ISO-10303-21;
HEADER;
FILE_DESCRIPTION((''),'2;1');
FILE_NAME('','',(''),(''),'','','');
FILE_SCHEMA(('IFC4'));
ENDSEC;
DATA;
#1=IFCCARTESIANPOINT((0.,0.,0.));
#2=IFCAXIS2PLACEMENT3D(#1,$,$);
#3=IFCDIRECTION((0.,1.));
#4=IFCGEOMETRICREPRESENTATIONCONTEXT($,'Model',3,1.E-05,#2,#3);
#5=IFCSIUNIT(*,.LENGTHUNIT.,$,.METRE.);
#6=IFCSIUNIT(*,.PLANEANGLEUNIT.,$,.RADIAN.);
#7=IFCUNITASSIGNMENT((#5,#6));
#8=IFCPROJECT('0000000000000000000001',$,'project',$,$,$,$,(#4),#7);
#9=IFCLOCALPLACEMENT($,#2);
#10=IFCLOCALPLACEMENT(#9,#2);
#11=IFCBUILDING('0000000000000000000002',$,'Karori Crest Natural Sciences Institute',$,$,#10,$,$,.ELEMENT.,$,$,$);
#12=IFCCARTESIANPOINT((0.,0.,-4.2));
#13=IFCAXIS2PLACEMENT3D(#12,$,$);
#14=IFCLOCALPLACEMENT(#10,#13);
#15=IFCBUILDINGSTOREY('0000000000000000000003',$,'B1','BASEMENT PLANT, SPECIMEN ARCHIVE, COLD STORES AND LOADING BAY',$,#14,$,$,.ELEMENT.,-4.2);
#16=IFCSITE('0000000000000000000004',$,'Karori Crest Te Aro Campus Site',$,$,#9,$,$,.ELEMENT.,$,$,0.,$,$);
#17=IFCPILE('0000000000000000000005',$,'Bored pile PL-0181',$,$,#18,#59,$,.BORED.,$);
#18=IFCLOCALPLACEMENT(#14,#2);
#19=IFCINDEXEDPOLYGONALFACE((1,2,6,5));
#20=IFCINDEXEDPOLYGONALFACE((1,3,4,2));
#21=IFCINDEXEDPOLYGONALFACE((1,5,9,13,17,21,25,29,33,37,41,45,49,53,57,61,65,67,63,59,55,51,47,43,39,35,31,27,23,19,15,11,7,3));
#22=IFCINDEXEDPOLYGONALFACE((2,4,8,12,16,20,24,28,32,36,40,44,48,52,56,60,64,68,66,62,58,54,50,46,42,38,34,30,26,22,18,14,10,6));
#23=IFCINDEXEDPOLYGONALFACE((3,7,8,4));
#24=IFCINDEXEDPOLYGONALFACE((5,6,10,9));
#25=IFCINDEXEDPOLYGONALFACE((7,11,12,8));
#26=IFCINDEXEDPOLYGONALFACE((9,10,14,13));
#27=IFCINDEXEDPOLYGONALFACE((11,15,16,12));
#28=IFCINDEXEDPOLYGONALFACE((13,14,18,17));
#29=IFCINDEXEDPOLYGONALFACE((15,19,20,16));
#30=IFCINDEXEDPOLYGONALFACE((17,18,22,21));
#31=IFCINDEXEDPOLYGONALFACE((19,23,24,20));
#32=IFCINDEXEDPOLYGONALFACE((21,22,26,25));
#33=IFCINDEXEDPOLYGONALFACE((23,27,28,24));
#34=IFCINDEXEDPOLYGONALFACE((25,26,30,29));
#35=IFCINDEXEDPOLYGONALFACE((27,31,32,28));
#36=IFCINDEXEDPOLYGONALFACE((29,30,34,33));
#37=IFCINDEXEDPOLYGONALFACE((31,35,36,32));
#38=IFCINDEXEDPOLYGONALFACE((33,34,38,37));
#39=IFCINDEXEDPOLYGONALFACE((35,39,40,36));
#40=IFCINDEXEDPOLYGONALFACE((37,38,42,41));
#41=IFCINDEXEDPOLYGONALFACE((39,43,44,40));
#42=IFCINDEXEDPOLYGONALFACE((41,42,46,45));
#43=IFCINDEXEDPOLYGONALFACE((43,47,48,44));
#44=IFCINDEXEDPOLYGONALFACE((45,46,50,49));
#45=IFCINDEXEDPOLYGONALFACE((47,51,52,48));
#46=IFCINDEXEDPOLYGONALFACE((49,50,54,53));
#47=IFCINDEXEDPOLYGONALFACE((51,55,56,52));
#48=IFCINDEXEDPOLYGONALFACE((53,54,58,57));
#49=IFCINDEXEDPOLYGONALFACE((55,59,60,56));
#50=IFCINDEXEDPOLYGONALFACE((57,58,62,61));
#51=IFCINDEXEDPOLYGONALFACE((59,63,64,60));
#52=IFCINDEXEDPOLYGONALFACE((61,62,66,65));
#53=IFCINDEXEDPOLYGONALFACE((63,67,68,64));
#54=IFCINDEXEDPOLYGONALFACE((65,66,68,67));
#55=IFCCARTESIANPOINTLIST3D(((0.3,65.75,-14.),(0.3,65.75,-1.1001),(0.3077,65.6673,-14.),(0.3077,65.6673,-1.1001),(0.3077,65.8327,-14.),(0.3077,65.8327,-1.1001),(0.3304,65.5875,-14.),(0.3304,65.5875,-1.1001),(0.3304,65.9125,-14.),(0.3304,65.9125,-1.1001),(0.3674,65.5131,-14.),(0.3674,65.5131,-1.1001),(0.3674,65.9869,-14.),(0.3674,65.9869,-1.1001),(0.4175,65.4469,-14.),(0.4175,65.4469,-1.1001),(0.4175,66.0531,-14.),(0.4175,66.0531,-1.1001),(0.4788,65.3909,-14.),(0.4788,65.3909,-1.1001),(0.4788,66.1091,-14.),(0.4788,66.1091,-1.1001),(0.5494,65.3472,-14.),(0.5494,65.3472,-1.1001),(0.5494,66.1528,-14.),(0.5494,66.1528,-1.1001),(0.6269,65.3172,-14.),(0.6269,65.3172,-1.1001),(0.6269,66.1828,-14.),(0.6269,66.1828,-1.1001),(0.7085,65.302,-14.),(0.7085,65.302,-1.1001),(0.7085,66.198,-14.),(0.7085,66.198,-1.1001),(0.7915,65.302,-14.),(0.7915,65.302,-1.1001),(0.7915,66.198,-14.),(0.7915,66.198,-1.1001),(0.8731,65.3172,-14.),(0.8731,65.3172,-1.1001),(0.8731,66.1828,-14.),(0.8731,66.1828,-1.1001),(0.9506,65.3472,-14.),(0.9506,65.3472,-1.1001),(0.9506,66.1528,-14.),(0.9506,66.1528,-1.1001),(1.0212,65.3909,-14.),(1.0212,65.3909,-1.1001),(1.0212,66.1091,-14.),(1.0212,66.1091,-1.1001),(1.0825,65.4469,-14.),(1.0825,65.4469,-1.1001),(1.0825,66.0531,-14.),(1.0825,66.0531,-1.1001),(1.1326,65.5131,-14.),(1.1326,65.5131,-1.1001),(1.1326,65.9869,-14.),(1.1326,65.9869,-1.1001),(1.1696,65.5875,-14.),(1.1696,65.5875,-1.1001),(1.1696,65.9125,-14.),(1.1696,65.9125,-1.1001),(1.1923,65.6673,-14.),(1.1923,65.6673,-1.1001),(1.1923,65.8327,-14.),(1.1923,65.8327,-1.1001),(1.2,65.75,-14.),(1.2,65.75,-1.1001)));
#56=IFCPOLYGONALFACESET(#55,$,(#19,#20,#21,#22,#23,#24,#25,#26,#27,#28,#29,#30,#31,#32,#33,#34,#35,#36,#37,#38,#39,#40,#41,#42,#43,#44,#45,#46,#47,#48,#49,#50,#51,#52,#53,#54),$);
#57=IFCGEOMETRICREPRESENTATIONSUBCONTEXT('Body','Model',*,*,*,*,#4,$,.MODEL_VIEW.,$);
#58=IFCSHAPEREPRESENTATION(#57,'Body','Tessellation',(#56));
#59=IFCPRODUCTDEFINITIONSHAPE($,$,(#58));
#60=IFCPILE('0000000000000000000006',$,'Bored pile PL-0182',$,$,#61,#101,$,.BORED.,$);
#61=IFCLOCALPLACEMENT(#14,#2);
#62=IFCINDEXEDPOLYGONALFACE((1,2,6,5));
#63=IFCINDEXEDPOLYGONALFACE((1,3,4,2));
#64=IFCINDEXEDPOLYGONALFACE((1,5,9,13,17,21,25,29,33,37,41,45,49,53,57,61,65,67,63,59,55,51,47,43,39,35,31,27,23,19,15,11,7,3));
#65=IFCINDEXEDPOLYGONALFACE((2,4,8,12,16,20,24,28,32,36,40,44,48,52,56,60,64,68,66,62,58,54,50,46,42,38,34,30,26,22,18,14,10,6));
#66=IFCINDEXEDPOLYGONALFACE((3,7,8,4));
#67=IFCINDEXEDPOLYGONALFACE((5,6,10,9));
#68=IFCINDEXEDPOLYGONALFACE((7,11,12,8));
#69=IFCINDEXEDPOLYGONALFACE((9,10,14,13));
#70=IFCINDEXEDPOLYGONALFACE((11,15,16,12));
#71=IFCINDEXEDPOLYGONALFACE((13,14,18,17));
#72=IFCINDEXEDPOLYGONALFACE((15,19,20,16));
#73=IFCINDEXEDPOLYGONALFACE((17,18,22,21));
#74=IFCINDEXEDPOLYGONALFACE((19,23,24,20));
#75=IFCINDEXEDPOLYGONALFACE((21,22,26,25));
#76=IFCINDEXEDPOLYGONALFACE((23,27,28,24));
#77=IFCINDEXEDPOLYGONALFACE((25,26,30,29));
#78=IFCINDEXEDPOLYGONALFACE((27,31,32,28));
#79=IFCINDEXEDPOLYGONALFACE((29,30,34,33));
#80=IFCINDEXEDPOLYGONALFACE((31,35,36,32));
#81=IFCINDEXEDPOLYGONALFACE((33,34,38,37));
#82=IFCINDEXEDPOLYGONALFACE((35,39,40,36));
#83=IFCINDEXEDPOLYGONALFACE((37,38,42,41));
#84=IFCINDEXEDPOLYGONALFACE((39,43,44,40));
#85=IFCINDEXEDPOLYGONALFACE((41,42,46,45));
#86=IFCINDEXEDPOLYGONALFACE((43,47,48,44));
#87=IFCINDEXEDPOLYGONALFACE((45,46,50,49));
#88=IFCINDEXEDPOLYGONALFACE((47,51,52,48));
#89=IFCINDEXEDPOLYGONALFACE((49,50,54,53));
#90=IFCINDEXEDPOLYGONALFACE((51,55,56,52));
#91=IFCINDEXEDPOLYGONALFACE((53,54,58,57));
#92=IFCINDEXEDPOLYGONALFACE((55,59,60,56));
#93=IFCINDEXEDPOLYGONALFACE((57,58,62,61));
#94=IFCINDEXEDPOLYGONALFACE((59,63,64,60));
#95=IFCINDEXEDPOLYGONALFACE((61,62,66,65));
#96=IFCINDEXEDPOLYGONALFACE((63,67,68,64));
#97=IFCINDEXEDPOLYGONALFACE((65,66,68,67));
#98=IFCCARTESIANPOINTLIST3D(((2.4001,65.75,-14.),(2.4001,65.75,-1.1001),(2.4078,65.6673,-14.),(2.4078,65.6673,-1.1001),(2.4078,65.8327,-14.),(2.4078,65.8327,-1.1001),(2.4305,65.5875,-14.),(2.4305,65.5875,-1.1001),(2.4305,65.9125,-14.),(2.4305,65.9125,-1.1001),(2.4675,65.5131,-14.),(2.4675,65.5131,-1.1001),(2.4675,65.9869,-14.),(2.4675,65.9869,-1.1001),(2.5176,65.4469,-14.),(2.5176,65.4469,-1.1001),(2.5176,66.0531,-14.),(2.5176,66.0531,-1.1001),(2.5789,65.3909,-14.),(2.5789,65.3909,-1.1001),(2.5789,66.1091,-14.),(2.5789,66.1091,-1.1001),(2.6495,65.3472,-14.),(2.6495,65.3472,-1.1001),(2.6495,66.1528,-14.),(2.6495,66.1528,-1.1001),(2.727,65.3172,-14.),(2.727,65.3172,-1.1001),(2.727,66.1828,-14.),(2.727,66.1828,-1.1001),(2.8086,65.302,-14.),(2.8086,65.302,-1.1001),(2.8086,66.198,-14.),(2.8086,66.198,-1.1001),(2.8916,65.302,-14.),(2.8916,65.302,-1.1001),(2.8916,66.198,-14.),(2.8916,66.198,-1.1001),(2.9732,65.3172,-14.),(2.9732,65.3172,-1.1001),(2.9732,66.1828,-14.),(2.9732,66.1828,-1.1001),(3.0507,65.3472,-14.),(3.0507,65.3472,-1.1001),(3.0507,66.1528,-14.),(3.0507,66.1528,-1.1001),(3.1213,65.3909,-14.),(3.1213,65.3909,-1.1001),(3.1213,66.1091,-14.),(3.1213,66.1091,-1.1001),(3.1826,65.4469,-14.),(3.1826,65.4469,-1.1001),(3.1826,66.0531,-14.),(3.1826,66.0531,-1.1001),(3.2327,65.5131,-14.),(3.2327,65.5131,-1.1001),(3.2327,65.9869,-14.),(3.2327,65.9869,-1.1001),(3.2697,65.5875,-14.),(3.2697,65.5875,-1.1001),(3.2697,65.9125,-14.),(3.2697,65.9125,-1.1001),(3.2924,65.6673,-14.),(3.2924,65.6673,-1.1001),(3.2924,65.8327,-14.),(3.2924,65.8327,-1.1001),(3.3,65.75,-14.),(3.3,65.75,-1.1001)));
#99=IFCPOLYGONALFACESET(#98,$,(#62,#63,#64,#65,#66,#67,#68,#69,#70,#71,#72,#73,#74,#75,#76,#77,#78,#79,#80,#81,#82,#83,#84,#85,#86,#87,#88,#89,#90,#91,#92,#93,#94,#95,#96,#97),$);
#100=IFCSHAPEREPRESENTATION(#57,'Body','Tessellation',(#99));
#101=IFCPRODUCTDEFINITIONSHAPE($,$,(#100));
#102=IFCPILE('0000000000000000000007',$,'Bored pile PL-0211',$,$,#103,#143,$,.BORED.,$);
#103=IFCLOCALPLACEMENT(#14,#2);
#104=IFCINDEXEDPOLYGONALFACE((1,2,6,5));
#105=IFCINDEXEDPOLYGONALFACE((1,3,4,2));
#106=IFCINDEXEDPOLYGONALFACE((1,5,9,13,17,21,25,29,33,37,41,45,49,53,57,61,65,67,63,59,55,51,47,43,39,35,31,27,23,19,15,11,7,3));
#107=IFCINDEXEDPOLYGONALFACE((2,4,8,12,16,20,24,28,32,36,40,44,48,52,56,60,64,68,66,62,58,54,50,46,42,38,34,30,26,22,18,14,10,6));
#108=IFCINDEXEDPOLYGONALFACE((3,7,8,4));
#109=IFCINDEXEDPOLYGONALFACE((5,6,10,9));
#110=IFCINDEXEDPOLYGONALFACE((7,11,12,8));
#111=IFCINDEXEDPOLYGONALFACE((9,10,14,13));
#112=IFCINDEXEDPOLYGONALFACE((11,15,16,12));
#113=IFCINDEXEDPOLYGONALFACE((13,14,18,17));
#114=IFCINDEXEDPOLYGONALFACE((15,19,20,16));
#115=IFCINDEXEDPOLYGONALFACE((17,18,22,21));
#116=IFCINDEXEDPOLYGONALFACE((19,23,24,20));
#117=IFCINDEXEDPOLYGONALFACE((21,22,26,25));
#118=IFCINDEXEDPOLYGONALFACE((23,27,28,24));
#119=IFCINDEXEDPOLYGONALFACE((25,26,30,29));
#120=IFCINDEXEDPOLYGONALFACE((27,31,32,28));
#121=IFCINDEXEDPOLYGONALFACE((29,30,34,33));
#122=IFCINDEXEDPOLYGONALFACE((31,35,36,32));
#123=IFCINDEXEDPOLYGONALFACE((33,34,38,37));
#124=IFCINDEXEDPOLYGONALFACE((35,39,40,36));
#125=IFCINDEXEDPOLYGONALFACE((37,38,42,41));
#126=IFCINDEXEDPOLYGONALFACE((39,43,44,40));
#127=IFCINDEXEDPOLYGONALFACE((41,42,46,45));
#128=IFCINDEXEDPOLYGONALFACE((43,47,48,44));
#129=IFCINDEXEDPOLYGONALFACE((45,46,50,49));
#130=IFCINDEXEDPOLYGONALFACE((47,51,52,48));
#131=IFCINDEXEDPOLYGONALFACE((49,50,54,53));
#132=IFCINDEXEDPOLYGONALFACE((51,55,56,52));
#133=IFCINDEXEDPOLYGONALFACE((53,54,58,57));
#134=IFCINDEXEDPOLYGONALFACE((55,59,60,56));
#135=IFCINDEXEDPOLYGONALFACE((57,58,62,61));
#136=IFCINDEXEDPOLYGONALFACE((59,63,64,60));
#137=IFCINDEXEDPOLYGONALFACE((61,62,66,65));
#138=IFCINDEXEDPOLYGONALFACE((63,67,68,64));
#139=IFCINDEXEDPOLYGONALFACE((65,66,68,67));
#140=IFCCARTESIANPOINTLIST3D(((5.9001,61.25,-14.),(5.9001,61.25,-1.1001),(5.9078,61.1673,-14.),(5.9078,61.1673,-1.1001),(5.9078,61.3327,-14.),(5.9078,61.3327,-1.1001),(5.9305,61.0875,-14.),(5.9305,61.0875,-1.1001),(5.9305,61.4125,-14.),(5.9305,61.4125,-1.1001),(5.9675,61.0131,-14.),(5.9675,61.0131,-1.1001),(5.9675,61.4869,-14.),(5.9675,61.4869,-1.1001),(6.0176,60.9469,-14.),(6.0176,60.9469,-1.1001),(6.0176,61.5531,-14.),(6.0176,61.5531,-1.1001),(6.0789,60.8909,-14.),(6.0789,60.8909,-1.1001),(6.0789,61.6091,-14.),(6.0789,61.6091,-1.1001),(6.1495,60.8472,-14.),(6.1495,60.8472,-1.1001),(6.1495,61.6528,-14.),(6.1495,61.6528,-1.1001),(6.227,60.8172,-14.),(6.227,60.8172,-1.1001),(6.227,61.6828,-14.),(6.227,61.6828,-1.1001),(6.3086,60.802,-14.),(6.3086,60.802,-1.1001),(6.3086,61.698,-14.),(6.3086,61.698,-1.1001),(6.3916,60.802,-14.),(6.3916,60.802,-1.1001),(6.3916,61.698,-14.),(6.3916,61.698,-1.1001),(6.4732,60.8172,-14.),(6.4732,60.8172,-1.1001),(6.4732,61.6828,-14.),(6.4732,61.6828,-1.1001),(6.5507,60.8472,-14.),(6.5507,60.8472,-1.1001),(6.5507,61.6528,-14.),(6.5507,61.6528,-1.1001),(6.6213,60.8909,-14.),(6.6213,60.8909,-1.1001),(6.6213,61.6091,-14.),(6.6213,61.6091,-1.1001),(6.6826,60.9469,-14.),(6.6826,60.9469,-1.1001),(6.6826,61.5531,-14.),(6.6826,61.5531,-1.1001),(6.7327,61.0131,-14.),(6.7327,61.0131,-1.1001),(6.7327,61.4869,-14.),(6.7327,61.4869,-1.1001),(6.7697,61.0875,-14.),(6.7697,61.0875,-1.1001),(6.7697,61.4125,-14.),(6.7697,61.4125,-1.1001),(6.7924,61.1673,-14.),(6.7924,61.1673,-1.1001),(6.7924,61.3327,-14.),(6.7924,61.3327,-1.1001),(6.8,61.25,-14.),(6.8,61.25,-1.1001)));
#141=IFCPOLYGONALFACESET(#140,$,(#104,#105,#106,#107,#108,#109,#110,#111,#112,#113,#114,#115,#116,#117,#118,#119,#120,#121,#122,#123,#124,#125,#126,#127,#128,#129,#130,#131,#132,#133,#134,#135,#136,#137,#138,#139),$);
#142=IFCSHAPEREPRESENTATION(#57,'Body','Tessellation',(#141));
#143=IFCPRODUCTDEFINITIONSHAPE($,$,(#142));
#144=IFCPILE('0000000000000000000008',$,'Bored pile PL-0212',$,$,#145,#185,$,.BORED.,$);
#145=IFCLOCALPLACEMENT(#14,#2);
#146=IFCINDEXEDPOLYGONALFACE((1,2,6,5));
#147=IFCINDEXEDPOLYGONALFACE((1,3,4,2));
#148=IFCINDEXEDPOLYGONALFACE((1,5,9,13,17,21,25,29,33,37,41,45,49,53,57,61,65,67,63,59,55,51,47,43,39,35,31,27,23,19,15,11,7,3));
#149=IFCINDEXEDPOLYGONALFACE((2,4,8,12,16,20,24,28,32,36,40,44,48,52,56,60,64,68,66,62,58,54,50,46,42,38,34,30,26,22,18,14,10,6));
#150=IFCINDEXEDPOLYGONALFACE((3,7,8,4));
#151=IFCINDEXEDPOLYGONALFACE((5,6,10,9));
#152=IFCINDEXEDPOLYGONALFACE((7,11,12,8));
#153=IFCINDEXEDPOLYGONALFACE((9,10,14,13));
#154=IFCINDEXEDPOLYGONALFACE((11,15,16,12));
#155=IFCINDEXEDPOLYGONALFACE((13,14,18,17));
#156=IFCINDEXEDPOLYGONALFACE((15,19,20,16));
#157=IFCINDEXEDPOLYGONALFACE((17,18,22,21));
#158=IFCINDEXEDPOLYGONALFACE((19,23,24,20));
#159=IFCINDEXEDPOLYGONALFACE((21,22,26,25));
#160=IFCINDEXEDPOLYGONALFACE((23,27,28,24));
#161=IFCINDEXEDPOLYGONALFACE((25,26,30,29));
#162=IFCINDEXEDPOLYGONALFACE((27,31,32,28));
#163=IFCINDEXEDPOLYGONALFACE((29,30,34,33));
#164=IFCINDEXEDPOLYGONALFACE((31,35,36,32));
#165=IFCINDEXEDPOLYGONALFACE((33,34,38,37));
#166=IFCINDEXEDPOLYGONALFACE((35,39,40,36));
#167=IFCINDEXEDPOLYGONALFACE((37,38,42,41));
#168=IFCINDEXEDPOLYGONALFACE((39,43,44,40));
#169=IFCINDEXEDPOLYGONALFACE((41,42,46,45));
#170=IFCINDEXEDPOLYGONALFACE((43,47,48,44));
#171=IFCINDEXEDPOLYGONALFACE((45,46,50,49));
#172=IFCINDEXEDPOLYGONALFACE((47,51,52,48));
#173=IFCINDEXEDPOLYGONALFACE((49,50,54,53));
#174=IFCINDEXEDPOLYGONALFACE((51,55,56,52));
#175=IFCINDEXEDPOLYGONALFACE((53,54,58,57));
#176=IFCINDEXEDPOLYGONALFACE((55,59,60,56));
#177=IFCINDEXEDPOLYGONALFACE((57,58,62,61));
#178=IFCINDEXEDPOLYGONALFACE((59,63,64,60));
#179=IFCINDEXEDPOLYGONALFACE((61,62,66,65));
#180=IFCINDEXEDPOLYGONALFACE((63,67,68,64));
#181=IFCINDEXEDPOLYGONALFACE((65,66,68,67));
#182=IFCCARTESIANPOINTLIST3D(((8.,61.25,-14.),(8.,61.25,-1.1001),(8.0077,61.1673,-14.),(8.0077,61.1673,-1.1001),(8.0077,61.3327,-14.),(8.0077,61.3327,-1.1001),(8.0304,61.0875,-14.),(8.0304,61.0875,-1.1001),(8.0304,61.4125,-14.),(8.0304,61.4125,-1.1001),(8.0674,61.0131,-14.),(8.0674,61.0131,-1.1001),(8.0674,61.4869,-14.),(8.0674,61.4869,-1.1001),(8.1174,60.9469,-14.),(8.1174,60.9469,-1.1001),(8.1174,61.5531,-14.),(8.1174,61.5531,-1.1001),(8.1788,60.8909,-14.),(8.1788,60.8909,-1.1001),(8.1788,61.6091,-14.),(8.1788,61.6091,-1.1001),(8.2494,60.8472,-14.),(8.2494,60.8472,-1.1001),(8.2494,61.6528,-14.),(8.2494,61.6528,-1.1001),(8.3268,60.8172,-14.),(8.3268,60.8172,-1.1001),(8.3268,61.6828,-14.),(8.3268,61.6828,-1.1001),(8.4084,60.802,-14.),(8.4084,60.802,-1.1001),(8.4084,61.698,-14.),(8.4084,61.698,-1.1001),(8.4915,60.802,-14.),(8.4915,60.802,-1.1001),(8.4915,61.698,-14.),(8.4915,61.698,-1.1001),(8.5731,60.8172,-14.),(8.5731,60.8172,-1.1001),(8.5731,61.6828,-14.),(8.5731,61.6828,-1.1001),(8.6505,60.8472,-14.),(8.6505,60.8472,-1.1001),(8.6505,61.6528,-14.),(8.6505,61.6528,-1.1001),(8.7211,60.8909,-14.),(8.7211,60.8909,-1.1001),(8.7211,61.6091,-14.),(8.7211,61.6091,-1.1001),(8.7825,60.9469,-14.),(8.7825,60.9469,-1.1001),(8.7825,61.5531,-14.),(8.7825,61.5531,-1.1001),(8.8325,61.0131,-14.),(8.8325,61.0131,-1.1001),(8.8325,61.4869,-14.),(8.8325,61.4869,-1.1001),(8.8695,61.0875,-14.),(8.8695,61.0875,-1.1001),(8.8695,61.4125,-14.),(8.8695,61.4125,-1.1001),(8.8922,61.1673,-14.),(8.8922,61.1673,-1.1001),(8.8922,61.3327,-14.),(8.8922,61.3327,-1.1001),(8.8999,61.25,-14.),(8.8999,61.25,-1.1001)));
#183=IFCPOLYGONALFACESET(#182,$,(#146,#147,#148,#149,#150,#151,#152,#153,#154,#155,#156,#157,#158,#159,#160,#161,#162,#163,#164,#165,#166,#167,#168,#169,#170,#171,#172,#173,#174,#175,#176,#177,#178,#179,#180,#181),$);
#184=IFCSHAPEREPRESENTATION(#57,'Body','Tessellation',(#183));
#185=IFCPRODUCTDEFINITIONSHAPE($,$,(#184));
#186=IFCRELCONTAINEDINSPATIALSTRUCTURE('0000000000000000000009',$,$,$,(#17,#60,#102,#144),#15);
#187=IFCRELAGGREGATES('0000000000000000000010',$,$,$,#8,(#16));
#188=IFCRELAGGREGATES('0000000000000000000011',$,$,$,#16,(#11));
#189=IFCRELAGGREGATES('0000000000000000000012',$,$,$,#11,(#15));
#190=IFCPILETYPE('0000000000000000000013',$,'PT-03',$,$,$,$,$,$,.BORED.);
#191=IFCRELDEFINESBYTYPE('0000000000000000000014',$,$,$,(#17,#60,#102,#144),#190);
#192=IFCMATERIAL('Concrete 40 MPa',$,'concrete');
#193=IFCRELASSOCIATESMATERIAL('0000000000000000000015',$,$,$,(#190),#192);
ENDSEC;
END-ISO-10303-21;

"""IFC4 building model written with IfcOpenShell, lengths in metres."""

from ifc_helpers import new_model, si_unit, direction, frame, origin, origin_2d, place, context, subcontext, project, spatial, circle, extrude, material, material_profile, profile_set, type_object, element, save


model = new_model("IFC4")

# Units and contexts
model_context = context("Model", 3, precision=1e-05, world=origin(), true_north=direction((0.0, 1.0)))
body_context = subcontext(model_context, "Body", "Model", "MODEL_VIEW")
ifc_project = project(units=[si_unit("LENGTHUNIT", "METRE"), si_unit("PLANEANGLEUNIT", "RADIAN")], contexts=[model_context])

# Site, building, storey
site_placement = place(None, origin())
site = spatial("IfcSite", under=ifc_project, at=site_placement, Name="Karori Crest Te Aro Campus Site", CompositionType="ELEMENT", RefElevation=0.0)
building_placement = place(site_placement, origin())
building = spatial("IfcBuilding", under=site, at=building_placement, Name="Karori Crest Natural Sciences Institute", CompositionType="ELEMENT")
storey_placement = place(building_placement, frame((0.0, 0.0, -4.2)))
storey = spatial("IfcBuildingStorey", under=building, at=storey_placement, Name="B1", Description="BASEMENT PLANT, SPECIMEN ARCHIVE, COLD STORES AND LOADING BAY", CompositionType="ELEMENT", Elevation=-4.2)

# Shared definitions
ifc_material_1 = material(Name="Concrete 40 MPa", Category="concrete")

# Piles
ifc_material_profile_1 = material_profile(ifc_material_1, circle(Radius=0.45, at=origin_2d()), Name="PILE900")
ifc_profile_set_1 = profile_set([ifc_material_profile_1], Name="Concrete 40 MPa")
pile_type = type_object("IfcPileType", Name="PT-03", PredefinedType="BORED", material=ifc_profile_set_1)
for number, where, z_axis, x_axis, name in (
    (1, (0.75, 65.75, -1.1001), (0.0, 0.0, -1.0), (1.0, 0.0, 0.0), "Bored pile PL-0181"),
    (2, (2.8501, 65.75, -1.1001), (0.0, 0.0, -1.0), (1.0, 0.0, 0.0), "Bored pile PL-0182"),
    (3, (6.3501, 61.25, -1.1001), (0.0, 0.0, -1.0), (1.0, 0.0, 0.0), "Bored pile PL-0211"),
    (4, (8.45, 61.25, -1.1001), (0.0, 0.0, -1.0), (1.0, 0.0, 0.0), "Bored pile PL-0212"),
):
    element("IfcPile", number, at=place(storey_placement, frame(where, z_axis=z_axis, x_axis=x_axis)), inside=storey, type_object=pile_type, Name=name, PredefinedType="BORED", context=body_context, shape_type="SweptSolid", body=[
        extrude(circle(Radius=0.45, at=origin_2d()), origin(), (0.0, 0.0, 1.0), 12.8999),
    ])

save(model, "model.ifc")
